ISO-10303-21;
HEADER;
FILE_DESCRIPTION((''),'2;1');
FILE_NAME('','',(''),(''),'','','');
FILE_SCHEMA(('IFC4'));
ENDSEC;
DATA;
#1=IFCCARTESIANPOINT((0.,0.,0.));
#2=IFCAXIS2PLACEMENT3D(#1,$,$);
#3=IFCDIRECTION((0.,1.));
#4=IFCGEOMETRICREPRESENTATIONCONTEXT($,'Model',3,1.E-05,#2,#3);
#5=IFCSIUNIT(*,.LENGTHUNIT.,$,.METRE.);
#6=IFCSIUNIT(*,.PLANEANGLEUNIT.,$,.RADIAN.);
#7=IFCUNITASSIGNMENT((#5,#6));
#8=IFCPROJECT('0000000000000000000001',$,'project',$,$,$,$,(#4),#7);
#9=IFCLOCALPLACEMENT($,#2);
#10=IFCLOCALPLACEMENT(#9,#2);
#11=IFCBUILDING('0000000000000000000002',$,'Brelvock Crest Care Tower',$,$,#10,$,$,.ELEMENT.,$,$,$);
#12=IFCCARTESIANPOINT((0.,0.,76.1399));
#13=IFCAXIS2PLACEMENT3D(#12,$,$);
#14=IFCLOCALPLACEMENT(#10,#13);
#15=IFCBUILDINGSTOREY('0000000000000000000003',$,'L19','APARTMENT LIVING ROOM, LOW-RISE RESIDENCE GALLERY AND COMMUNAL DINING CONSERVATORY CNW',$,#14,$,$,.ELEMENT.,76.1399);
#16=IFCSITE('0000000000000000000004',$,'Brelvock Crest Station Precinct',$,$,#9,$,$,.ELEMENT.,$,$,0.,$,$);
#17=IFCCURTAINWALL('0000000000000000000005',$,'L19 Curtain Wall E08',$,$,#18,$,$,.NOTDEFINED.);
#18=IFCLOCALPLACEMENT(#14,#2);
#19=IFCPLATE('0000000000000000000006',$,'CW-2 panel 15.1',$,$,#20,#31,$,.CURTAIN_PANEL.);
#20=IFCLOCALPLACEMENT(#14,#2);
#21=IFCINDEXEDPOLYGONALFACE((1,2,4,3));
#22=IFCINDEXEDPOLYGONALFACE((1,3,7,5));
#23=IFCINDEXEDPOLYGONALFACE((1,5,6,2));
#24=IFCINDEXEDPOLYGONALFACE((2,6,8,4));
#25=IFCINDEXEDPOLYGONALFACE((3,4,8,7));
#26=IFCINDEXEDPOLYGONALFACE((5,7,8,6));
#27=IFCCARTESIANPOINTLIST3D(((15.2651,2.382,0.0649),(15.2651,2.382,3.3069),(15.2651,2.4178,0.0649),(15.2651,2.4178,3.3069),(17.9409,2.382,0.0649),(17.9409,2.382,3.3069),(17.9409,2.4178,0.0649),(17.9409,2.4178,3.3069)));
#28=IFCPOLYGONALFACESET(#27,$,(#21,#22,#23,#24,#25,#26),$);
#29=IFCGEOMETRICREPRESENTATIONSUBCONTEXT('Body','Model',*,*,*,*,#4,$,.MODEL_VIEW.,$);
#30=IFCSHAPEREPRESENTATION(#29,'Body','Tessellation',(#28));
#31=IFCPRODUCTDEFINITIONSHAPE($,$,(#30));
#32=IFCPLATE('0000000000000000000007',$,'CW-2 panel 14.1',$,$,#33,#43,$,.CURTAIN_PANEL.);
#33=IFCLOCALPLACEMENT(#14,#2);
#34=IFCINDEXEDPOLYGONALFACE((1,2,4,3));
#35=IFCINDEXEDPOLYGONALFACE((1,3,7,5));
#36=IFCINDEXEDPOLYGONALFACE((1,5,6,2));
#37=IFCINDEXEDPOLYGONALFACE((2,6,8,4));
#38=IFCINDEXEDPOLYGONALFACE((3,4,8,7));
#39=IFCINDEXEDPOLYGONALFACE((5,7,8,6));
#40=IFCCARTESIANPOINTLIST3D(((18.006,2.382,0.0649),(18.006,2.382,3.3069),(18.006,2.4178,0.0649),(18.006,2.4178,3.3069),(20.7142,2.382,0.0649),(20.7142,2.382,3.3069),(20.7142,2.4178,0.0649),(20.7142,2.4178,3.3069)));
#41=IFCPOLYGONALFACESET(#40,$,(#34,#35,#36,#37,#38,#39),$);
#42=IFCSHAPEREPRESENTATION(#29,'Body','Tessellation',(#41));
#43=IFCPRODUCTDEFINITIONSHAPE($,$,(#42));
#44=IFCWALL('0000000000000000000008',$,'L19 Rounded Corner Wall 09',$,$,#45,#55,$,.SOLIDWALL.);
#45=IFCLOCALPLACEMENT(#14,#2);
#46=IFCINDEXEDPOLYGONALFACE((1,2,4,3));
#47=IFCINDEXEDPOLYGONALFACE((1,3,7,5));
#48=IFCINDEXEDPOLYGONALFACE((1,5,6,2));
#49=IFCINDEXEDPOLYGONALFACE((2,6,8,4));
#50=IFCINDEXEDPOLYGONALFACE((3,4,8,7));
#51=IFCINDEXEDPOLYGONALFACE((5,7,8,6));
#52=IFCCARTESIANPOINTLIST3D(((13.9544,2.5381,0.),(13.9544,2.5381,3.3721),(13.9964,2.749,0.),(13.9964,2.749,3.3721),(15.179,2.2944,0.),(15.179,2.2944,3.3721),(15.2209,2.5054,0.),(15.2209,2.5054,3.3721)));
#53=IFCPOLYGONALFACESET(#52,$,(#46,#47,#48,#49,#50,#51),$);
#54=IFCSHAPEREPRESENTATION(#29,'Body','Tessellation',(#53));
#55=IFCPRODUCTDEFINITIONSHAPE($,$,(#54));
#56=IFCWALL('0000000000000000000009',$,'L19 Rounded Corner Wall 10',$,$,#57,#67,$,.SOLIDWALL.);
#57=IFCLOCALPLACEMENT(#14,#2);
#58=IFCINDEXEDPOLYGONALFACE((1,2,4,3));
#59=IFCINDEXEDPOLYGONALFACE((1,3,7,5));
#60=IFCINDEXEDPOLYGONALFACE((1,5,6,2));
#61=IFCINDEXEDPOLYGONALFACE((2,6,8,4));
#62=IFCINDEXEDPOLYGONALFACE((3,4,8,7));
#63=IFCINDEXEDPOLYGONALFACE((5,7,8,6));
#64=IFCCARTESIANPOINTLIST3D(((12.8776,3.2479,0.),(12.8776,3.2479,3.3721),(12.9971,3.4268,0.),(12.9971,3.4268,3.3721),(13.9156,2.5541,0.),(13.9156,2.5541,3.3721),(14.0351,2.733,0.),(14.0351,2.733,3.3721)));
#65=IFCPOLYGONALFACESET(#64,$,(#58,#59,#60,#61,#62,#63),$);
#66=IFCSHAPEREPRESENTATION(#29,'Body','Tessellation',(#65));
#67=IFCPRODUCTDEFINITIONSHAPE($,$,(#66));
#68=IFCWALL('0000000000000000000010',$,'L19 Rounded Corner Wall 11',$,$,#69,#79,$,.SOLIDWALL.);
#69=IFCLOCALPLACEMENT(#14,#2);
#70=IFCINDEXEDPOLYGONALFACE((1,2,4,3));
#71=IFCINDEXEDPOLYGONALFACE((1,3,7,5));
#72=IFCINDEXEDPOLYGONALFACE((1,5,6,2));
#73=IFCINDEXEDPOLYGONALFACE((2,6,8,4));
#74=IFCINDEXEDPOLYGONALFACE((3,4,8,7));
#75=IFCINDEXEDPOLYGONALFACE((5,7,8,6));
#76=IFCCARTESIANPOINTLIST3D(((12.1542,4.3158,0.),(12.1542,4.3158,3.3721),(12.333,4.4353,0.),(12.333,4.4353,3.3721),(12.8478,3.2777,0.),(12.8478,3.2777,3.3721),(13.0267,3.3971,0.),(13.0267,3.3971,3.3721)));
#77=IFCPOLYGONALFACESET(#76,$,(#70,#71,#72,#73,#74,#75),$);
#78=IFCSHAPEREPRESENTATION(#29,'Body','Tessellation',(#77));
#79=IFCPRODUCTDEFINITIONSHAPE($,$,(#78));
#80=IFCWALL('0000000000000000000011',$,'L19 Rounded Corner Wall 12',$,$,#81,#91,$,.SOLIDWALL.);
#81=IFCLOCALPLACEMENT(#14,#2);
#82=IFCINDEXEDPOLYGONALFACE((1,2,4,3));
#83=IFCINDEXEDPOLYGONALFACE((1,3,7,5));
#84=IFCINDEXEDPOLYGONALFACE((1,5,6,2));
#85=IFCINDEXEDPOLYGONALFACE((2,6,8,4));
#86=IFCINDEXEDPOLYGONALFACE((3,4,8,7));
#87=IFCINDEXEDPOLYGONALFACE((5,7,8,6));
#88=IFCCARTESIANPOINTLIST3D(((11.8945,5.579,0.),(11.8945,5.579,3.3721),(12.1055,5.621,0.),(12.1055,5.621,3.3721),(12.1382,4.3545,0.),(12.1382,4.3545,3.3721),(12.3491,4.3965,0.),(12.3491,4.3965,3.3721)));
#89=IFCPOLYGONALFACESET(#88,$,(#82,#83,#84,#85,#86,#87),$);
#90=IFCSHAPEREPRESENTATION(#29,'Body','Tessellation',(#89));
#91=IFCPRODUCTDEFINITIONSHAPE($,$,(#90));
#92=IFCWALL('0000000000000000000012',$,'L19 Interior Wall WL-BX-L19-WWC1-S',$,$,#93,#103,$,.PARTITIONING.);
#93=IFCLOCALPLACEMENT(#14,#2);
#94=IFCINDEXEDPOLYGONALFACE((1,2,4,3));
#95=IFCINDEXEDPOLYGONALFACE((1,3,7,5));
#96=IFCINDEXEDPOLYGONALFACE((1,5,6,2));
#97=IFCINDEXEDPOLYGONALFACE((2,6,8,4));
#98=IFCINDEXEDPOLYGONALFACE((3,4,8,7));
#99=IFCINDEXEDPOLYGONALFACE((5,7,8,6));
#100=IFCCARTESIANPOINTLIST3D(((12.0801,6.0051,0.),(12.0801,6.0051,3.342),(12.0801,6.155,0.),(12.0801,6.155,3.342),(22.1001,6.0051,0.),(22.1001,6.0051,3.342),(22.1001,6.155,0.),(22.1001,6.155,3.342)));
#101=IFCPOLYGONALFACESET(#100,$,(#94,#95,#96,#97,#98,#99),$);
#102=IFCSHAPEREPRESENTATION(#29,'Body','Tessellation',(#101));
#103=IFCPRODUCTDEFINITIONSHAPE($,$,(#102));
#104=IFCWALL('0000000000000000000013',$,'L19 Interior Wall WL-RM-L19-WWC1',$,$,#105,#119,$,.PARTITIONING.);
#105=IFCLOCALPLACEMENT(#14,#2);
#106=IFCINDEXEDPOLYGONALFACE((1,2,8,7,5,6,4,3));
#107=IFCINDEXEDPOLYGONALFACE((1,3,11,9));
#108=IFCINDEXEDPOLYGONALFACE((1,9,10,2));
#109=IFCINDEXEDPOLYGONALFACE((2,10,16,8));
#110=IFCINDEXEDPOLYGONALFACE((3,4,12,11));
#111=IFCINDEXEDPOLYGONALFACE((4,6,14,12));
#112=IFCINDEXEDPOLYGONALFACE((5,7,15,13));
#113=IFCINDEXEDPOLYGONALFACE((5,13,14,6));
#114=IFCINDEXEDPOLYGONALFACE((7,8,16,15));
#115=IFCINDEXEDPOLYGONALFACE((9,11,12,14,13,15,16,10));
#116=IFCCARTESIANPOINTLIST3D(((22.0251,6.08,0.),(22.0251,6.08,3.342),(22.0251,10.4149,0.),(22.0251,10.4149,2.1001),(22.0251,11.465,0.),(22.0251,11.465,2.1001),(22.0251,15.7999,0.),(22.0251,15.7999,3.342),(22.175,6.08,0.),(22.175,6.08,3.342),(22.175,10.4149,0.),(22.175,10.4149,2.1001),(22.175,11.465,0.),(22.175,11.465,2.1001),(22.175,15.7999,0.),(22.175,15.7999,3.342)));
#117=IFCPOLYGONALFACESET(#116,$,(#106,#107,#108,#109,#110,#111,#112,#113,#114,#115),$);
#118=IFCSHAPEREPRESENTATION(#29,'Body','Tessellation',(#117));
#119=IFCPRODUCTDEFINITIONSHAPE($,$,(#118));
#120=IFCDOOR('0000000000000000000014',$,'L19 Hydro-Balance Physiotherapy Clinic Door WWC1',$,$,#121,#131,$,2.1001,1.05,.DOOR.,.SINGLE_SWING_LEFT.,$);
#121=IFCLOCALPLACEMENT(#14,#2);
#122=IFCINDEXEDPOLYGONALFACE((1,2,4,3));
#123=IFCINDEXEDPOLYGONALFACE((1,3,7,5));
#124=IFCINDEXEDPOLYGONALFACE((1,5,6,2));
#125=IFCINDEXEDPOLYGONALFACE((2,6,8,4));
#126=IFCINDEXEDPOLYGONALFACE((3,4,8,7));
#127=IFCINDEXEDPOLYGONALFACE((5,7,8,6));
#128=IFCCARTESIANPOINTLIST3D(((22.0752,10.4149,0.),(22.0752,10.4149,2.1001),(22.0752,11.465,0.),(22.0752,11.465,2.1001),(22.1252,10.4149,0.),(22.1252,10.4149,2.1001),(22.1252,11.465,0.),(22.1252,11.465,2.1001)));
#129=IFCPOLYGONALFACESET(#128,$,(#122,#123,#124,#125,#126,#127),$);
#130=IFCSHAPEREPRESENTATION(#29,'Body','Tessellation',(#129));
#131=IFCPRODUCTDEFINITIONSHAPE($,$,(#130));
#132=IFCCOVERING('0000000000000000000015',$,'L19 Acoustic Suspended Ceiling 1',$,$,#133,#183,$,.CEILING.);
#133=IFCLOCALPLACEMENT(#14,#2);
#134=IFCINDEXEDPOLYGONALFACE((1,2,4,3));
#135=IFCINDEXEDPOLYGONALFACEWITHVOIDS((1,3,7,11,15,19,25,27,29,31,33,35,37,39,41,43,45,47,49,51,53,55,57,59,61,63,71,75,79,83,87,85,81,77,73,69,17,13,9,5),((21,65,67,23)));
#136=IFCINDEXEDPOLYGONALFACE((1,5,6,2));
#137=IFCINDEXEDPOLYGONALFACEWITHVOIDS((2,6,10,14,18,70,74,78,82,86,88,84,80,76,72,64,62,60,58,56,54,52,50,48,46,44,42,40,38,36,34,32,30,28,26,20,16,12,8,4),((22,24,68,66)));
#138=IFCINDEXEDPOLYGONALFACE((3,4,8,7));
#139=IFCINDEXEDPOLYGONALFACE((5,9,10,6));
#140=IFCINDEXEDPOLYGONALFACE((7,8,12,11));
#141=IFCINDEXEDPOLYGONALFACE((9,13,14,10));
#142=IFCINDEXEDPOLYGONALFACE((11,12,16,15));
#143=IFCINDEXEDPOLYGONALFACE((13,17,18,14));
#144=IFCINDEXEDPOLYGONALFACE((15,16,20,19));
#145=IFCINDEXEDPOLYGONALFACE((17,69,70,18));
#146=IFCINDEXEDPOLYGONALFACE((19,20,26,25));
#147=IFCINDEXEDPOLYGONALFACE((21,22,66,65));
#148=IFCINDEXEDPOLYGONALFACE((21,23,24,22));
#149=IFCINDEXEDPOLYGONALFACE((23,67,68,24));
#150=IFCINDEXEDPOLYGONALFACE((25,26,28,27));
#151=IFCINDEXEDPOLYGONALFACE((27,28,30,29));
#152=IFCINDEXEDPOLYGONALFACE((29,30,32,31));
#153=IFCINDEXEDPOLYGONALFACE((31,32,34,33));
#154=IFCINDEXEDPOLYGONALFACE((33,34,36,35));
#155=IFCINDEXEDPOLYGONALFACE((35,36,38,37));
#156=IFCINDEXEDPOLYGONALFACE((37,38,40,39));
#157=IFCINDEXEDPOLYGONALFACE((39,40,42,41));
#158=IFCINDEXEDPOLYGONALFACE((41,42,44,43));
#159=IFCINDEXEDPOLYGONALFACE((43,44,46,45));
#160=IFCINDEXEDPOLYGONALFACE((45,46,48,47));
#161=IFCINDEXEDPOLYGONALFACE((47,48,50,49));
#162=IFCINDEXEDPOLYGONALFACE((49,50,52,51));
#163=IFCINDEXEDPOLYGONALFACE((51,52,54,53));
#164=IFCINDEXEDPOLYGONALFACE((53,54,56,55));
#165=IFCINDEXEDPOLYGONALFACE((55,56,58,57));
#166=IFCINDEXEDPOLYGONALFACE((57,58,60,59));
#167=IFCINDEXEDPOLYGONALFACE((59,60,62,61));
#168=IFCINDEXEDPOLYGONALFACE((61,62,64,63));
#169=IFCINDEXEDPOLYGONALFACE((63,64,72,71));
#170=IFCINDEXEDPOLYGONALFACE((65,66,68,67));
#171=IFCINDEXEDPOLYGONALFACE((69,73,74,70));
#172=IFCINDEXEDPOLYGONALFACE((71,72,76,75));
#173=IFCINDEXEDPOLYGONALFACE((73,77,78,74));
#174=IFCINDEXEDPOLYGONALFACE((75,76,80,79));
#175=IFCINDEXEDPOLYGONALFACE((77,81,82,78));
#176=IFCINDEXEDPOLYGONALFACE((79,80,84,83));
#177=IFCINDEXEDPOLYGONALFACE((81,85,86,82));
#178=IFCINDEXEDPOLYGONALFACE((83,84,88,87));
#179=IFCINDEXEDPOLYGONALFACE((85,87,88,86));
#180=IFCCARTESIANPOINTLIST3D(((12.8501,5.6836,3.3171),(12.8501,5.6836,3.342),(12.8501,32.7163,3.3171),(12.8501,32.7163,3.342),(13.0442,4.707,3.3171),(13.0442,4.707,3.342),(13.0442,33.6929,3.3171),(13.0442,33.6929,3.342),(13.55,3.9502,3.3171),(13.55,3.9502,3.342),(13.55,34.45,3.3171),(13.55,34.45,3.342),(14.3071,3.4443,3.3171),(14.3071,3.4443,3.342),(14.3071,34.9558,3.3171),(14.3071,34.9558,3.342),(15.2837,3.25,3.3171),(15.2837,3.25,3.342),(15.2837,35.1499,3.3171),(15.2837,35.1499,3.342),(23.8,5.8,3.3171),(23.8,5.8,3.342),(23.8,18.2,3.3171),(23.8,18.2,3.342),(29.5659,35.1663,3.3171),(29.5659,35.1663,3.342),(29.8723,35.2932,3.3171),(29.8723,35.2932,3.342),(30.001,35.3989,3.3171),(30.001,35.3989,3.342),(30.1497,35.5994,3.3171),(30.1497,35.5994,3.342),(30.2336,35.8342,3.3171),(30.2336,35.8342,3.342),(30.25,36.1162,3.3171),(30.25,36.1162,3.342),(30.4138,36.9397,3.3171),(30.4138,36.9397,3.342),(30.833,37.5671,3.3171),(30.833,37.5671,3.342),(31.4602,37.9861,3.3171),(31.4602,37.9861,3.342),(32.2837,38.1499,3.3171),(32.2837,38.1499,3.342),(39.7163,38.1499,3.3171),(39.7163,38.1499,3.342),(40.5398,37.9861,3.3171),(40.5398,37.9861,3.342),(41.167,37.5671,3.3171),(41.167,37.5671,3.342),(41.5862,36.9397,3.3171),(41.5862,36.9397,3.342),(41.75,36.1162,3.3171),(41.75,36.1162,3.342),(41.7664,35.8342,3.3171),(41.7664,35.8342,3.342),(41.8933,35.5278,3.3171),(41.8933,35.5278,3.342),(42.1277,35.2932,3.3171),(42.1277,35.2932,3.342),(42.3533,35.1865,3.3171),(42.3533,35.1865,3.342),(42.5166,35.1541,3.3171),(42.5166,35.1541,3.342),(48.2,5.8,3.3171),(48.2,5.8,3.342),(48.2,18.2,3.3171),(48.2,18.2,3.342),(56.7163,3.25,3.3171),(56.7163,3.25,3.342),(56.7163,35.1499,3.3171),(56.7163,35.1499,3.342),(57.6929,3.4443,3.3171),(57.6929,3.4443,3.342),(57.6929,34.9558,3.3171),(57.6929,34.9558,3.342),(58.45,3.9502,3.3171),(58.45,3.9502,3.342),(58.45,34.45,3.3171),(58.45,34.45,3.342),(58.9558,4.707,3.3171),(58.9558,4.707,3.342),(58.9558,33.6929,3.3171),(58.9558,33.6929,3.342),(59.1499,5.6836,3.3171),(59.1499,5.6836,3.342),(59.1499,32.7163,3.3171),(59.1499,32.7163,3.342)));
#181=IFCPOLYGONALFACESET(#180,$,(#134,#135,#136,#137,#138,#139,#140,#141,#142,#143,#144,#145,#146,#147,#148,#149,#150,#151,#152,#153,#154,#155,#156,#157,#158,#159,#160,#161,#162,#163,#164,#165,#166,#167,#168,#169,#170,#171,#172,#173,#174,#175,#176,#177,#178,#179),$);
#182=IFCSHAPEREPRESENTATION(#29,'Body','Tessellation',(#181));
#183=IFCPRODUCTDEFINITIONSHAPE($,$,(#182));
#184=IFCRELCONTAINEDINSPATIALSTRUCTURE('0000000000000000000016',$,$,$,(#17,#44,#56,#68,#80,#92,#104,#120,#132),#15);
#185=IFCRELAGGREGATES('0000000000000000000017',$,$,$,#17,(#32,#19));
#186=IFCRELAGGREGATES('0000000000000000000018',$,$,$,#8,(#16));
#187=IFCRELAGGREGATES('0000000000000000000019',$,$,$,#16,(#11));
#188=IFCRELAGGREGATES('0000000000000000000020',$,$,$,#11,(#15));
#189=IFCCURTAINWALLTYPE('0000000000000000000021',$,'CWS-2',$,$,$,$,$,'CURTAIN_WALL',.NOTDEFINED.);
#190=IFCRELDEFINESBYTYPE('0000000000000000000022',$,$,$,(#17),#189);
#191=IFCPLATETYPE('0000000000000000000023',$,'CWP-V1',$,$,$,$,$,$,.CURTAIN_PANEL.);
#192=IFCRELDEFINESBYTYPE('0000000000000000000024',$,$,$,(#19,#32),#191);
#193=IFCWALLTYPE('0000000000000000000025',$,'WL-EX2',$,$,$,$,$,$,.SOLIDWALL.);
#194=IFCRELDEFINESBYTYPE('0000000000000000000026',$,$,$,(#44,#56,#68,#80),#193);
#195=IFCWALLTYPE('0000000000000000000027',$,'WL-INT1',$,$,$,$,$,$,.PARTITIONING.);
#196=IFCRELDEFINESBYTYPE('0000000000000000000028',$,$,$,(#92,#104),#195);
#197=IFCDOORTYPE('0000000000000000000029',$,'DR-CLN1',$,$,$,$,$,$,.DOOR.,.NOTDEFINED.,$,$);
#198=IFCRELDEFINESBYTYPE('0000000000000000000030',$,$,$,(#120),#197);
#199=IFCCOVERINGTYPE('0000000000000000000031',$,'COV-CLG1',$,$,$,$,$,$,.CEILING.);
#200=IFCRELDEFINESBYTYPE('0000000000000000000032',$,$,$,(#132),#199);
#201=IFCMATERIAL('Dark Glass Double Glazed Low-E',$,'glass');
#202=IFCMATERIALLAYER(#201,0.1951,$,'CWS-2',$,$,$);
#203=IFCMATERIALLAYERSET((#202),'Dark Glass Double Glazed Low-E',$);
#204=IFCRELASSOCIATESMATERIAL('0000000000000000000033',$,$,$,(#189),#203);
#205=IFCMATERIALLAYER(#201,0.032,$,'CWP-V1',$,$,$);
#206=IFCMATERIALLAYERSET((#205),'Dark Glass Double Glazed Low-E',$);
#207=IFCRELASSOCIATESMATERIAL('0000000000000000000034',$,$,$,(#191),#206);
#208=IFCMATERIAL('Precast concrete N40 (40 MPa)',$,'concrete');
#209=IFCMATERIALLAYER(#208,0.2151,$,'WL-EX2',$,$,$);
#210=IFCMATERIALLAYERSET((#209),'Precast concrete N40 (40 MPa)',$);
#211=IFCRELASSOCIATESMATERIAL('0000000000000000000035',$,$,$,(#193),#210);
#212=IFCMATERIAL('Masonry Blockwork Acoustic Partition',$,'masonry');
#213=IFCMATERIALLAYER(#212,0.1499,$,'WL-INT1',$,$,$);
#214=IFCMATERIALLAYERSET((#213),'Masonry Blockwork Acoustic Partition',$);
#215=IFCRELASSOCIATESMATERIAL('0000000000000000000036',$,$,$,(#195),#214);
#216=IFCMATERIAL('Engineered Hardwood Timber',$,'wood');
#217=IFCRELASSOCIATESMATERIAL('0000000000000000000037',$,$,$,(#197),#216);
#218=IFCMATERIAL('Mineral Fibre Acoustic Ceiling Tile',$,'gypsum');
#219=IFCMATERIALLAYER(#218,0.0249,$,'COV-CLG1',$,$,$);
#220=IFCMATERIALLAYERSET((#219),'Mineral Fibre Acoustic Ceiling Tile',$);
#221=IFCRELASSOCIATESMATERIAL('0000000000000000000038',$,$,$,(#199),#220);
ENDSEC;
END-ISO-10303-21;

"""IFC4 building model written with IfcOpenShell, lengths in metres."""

from ifc_helpers import new_model, si_unit, direction, frame, frame_2d, origin, origin_2d, place, context, subcontext, project, spatial, polyline, rectangle, outline, extrude, source, transform, mapped, material, layer, layer_set, type_object, element, fill, aggregate, save


model = new_model("IFC4")

# Units and contexts
model_context = context("Model", 3, precision=1e-05, world=origin(), true_north=direction((0.0, 1.0)))
body_context = subcontext(model_context, "Body", "Model", "MODEL_VIEW")
ifc_project = project(units=[si_unit("LENGTHUNIT", "METRE"), si_unit("PLANEANGLEUNIT", "RADIAN")], contexts=[model_context])

# Site, building, storey
site_placement = place(None, origin())
site = spatial("IfcSite", under=ifc_project, at=site_placement, Name="Brelvock Crest Station Precinct", CompositionType="ELEMENT", RefElevation=0.0)
building_placement = place(site_placement, origin())
building = spatial("IfcBuilding", under=site, at=building_placement, Name="Brelvock Crest Care Tower", CompositionType="ELEMENT")
storey_placement = place(building_placement, frame((0.0, 0.0, 76.1399)))
storey = spatial("IfcBuildingStorey", under=building, at=storey_placement, Name="L19", Description="APARTMENT LIVING ROOM, LOW-RISE RESIDENCE GALLERY AND COMMUNAL DINING CONSERVATORY CNW", CompositionType="ELEMENT", Elevation=76.1399)

# Curtain wall
ifc_material_1 = material(Name="Dark Glass Double Glazed Low-E", Category="glass")
ifc_layer_1 = layer(ifc_material_1, 0.1951, Name="CWS-2")
ifc_layer_set_1 = layer_set([ifc_layer_1], Name="Dark Glass Double Glazed Low-E")
curtain_wall_type = type_object("IfcCurtainWallType", Name="CWS-2", ElementType="CURTAIN_WALL", PredefinedType="NOTDEFINED", material=ifc_layer_set_1)
curtain_wall_1_placement = place(storey_placement, origin())
curtain_wall_1 = element("IfcCurtainWall", 1, at=curtain_wall_1_placement, inside=storey, type_object=curtain_wall_type, Name="L19 Curtain Wall E08", PredefinedType="NOTDEFINED")

# Plates
ifc_layer_2 = layer(ifc_material_1, 0.032, Name="CWP-V1")
ifc_layer_set_2 = layer_set([ifc_layer_2], Name="Dark Glass Double Glazed Low-E")
plate_type = type_object("IfcPlateType", Name="CWP-V1", PredefinedType="CURTAIN_PANEL", material=ifc_layer_set_2)
shared_shape_1 = source(origin(), body_context, "Body", "SweptSolid", [
    extrude(rectangle(XDim=2.6758, YDim=0.0359, at=origin_2d()), origin(), (0.0, 0.0, 1.0), 3.2419),
])
plate_1_placement = place(storey_placement, frame((16.603, 2.3999, 0.0649), z_axis=(0.0, 0.0, 1.0), x_axis=(-1.0, 0.0, 0.0)))
plate_1 = element("IfcPlate", 2, at=plate_1_placement, type_object=plate_type, Name="CW-2 panel 15.1", PredefinedType="CURTAIN_PANEL", context=body_context, shape_type="MappedRepresentation", body=[
    mapped(shared_shape_1, transform((0.0, 0.0, 0.0), x_axis=(1.0, 0.0, 0.0), y_axis=(0.0, 1.0, 0.0), z_axis=(0.0, 0.0, 1.0), scale=1.0)),
])
shared_shape_2 = source(origin(), body_context, "Body", "SweptSolid", [
    extrude(rectangle(XDim=2.7083, YDim=0.0359, at=origin_2d()), origin(), (0.0, 0.0, 1.0), 3.2419),
])
plate_2_placement = place(storey_placement, frame((19.3601, 2.3999, 0.0649), z_axis=(0.0, 0.0, 1.0), x_axis=(-1.0, 0.0, 0.0)))
plate_2 = element("IfcPlate", 3, at=plate_2_placement, type_object=plate_type, Name="CW-2 panel 14.1", PredefinedType="CURTAIN_PANEL", context=body_context, shape_type="MappedRepresentation", body=[
    mapped(shared_shape_2, transform((0.0, 0.0, 0.0), x_axis=(1.0, 0.0, 0.0), y_axis=(0.0, 1.0, 0.0), z_axis=(0.0, 0.0, 1.0), scale=1.0)),
])
aggregate(curtain_wall_1, [plate_2, plate_1])

# Walls
ifc_material_2 = material(Name="Precast concrete N40 (40 MPa)", Category="concrete")
ifc_layer_3 = layer(ifc_material_2, 0.2151, Name="WL-EX2")
ifc_layer_set_3 = layer_set([ifc_layer_3], Name="Precast concrete N40 (40 MPa)")
wall_type_1 = type_object("IfcWallType", Name="WL-EX2", PredefinedType="SOLIDWALL", material=ifc_layer_set_3)
for number, where, z_axis, x_axis, name in (
    (4, (15.2, 2.3999, 0.0), (0.0, 0.0, 1.0), (-0.980776, 0.195138, 0.0), "L19 Rounded Corner Wall 09"),
    (5, (13.9753, 2.6436, 0.0), (0.0, 0.0, 1.0), (-0.831388, 0.555692, 0.0), "L19 Rounded Corner Wall 10"),
    (6, (12.9373, 3.3374, 0.0), (0.0, 0.0, 1.0), (-0.555557, 0.831478, 0.0), "L19 Rounded Corner Wall 11"),
    (7, (12.2437, 4.3755, 0.0), (0.0, 0.0, 1.0), (-0.195138, 0.980776, 0.0), "L19 Rounded Corner Wall 12"),
):
    element("IfcWall", number, at=place(storey_placement, frame(where, z_axis=z_axis, x_axis=x_axis)), inside=storey, type_object=wall_type_1, Name=name, PredefinedType="SOLIDWALL", context=body_context, shape_type="SweptSolid", body=[
        extrude(rectangle(XDim=1.2485, YDim=0.2151, at=frame_2d((0.6243, 0.0))), origin(), (0.0, 0.0, 1.0), 3.3721),
    ])
ifc_material_3 = material(Name="Masonry Blockwork Acoustic Partition", Category="masonry")
ifc_layer_4 = layer(ifc_material_3, 0.1499, Name="WL-INT1")
ifc_layer_set_4 = layer_set([ifc_layer_4], Name="Masonry Blockwork Acoustic Partition")
wall_type_2 = type_object("IfcWallType", Name="WL-INT1", PredefinedType="PARTITIONING", material=ifc_layer_set_4)
wall_1_placement = place(storey_placement, frame((12.0801, 6.0801, 0.0), z_axis=(0.0, 0.0, 1.0), x_axis=(1.0, 0.0, 0.0)))
element("IfcWall", 8, at=wall_1_placement, inside=storey, type_object=wall_type_2, Name="L19 Interior Wall WL-BX-L19-WWC1-S", PredefinedType="PARTITIONING", context=body_context, shape_type="SweptSolid", body=[
    extrude(rectangle(XDim=10.02, YDim=0.1499, at=frame_2d((5.01, 0.0))), origin(), (0.0, 0.0, 1.0), 3.342),
])

# Wall, opening, door
wall_2_placement = place(storey_placement, frame((22.1001, 6.0801, 0.0), z_axis=(0.0, 0.0, 1.0), x_axis=(0.0, 1.0, 0.0)))
wall_2 = element("IfcWall", 9, at=wall_2_placement, inside=storey, type_object=wall_type_2, Name="L19 Interior Wall WL-RM-L19-WWC1", PredefinedType="PARTITIONING", context=body_context, shape_type="SweptSolid", body=[
    extrude(rectangle(XDim=9.72, YDim=0.1499, at=frame_2d((4.8599, 0.0))), origin(), (0.0, 0.0, 1.0), 3.342),
])
opening_placement = place(wall_2_placement, frame((4.335, 0.0, 0.0)))
opening = element("IfcOpeningElement", 10, at=opening_placement, cuts=wall_2, PredefinedType="OPENING", context=body_context, shape_type="SweptSolid", body=[
    extrude(rectangle(XDim=1.05, YDim=2.1001, at=origin_2d()), frame((0.5249, 0.085, 1.05), z_axis=(0.0, -1.0, 0.0), x_axis=(1.0, 0.0, 0.0)), (0.0, 0.0, 1.0), 0.1699),
])
ifc_material_4 = material(Name="Engineered Hardwood Timber", Category="wood")
door_type = type_object("IfcDoorType", Name="DR-CLN1", OperationType="NOTDEFINED", PredefinedType="DOOR", material=ifc_material_4)
shared_shape_3 = source(origin(), body_context, "Body", "SweptSolid", [
    extrude(rectangle(XDim=1.05, YDim=2.1001, at=origin_2d()), frame((0.5249, 0.0249, 1.05), z_axis=(0.0, -1.0, 0.0), x_axis=(1.0, 0.0, 0.0)), (0.0, 0.0, 1.0), 0.05),
])
door_placement = place(opening_placement, origin())
door = element("IfcDoor", 11, at=door_placement, inside=storey, type_object=door_type, Name="L19 Hydro-Balance Physiotherapy Clinic Door WWC1", OperationType="SINGLE_SWING_LEFT", OverallHeight=2.1001, OverallWidth=1.05, PredefinedType="DOOR", context=body_context, shape_type="MappedRepresentation", body=[
    mapped(shared_shape_3, transform((0.0, 0.0, 0.0), x_axis=(1.0, 0.0, 0.0), y_axis=(0.0, 1.0, 0.0), z_axis=(0.0, 0.0, 1.0), scale=1.0)),
])
fill(opening, door)

# Covering
ifc_material_5 = material(Name="Mineral Fibre Acoustic Ceiling Tile", Category="gypsum")
ifc_layer_5 = layer(ifc_material_5, 0.0249, Name="COV-CLG1")
ifc_layer_set_5 = layer_set([ifc_layer_5], Name="Mineral Fibre Acoustic Ceiling Tile")
covering_type_1 = type_object("IfcCoveringType", Name="COV-CLG1", PredefinedType="CEILING", material=ifc_layer_set_5)
covering_1_placement = place(storey_placement, frame((0.0, 0.0, 3.3171)))
element("IfcCovering", 12, at=covering_1_placement, inside=storey, type_object=covering_type_1, Name="L19 Acoustic Suspended Ceiling 1", PredefinedType="CEILING", context=body_context, shape_type="SweptSolid", body=[
    extrude(outline(polyline([(56.7163, 35.1499), (42.5166, 35.1541), (42.3533, 35.1865), (42.1277, 35.2932), (41.8933, 35.5278), (41.7664, 35.8342), (41.75, 36.1162), (41.5862, 36.9397), (41.167, 37.5671), (40.5398, 37.9861), (39.7163, 38.1499), (32.2837, 38.1499), (31.4602, 37.9861), (30.833, 37.5671), (30.4138, 36.9397), (30.25, 36.1162), (30.2336, 35.8342), (30.1497, 35.5994), (30.001, 35.3989), (29.8723, 35.2932), (29.5659, 35.1663), (15.2837, 35.1499), (14.3071, 34.9558), (13.55, 34.45), (13.0442, 33.6929), (12.8501, 32.7163), (12.8501, 5.6836), (13.0442, 4.707), (13.55, 3.9502), (14.3071, 3.4443), (15.2837, 3.25), (56.7163, 3.25), (57.6929, 3.4443), (58.45, 3.9502), (58.9558, 4.707), (59.1499, 5.6836), (59.1499, 32.7163), (58.9558, 33.6929), (58.45, 34.45), (57.6929, 34.9558), (56.7163, 35.1499)]), holes=[polyline([(48.2, 5.8), (48.2, 18.2), (23.8, 18.2), (23.8, 5.8), (48.2, 5.8)])]), origin(), (0.0, 0.0, 1.0), 0.0249),
])

save(model, "model.ifc")
